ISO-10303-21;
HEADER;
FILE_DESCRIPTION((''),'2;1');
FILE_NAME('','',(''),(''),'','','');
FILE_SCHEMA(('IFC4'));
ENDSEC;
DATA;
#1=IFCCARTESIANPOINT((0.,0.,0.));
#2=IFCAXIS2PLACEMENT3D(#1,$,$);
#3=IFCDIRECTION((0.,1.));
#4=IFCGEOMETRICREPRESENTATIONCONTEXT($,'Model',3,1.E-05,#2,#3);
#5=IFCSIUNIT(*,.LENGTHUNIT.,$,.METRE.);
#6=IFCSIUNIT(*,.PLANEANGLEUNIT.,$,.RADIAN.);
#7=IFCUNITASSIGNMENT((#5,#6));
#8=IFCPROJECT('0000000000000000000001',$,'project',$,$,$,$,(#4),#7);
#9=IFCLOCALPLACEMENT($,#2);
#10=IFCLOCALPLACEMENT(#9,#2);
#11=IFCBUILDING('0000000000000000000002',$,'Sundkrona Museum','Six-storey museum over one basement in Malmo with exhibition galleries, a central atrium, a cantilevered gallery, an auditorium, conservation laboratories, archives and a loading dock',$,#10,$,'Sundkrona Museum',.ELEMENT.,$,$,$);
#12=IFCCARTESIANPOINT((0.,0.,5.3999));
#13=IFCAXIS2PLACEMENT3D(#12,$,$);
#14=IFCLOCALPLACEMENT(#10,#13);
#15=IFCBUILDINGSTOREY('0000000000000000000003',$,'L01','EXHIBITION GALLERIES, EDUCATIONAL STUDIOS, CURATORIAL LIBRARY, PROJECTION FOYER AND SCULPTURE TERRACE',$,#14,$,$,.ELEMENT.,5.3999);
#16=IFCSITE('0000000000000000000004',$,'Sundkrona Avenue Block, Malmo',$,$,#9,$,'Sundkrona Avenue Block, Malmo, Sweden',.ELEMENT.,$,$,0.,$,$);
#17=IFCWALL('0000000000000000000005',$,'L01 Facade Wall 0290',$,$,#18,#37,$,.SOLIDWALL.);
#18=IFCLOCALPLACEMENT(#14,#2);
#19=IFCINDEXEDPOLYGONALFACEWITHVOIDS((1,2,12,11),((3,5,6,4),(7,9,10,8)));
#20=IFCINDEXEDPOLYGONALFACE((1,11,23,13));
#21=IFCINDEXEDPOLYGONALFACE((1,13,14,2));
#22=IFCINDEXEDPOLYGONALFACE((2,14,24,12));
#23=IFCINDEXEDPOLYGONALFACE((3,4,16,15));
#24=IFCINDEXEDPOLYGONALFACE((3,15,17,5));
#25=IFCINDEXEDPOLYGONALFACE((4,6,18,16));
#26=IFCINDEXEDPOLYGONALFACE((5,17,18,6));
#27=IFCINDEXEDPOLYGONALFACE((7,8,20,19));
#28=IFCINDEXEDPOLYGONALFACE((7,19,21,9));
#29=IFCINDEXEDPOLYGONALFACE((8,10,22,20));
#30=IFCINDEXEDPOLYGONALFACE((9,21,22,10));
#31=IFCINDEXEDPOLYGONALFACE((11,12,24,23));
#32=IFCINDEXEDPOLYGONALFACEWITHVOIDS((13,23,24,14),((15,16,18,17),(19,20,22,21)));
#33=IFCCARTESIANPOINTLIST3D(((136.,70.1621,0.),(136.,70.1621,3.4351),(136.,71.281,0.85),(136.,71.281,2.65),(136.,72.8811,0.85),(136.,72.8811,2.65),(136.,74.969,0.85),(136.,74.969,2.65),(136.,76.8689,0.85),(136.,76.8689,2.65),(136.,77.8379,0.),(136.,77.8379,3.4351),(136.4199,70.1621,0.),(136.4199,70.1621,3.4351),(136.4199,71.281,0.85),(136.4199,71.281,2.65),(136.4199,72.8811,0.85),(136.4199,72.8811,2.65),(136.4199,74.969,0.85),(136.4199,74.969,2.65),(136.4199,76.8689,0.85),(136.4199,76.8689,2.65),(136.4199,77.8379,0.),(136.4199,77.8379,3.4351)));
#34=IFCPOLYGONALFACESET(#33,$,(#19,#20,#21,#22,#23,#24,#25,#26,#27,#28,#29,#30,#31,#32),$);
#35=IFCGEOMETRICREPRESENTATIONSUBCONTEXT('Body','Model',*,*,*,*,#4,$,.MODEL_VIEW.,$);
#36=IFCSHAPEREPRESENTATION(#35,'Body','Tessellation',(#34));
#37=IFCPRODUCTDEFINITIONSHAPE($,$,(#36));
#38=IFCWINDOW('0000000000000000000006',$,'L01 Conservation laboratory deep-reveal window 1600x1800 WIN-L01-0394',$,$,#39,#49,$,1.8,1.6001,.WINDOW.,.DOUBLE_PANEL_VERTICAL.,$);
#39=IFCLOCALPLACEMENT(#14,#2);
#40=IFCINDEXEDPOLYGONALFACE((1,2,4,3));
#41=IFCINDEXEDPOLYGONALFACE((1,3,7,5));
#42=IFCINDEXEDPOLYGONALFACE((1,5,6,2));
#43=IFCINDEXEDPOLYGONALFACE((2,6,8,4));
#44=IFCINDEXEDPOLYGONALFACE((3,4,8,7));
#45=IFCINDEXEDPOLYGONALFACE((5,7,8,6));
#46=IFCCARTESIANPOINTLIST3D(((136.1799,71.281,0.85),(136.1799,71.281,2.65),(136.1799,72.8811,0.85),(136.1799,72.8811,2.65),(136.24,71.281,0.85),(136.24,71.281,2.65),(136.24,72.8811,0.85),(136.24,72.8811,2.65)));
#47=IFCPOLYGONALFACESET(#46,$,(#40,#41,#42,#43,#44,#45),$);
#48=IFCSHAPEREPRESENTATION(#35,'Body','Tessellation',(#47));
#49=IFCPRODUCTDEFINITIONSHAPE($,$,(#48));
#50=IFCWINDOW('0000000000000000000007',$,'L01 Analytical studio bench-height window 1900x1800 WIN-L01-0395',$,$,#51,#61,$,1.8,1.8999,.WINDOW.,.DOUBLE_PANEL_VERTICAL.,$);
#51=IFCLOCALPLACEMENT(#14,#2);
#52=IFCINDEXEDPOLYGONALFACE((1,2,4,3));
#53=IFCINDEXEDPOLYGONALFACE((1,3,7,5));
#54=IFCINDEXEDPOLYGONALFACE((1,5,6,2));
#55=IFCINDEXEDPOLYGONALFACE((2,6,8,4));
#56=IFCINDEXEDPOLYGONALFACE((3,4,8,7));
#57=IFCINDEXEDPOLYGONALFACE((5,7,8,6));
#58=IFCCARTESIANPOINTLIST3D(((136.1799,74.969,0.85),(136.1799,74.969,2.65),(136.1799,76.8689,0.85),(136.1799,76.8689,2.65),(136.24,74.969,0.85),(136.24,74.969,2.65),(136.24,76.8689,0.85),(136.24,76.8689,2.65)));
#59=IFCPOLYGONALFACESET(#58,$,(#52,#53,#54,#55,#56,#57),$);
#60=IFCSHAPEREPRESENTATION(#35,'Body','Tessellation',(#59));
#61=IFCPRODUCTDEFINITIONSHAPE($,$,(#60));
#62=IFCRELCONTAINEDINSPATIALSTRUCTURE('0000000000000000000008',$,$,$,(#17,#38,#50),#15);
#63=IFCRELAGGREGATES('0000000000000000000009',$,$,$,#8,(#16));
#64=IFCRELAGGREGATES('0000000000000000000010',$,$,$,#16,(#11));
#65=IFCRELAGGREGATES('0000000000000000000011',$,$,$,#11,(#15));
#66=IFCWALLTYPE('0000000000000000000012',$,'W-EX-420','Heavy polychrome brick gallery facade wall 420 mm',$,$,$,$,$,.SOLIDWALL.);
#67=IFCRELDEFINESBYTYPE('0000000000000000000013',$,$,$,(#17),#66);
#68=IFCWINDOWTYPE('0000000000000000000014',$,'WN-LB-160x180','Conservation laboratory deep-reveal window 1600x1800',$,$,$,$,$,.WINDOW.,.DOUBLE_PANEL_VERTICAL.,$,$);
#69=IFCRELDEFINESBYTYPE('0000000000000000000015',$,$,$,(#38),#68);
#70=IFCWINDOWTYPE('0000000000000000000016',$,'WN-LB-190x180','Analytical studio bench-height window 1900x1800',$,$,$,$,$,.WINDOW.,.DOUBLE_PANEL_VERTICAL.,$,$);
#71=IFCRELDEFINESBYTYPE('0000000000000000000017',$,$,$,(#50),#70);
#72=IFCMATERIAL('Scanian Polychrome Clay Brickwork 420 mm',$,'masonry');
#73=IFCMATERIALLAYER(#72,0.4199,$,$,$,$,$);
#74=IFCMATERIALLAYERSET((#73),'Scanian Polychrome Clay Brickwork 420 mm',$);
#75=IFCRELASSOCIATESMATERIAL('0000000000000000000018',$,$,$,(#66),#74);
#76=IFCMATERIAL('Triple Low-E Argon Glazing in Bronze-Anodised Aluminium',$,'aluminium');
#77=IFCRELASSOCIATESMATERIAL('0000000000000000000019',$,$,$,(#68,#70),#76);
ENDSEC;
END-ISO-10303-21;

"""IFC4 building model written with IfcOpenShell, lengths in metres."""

from ifc_helpers import new_model, si_unit, direction, frame, frame_2d, origin, place, context, subcontext, project, spatial, rectangle, extrude, material, layer, layer_set, type_object, element, fill, save


model = new_model("IFC4")

# Units and contexts
model_context = context("Model", 3, precision=1e-05, world=origin(), true_north=direction((0.0, 1.0)))
body_context = subcontext(model_context, "Body", "Model", "MODEL_VIEW")
ifc_project = project(units=[si_unit("LENGTHUNIT", "METRE"), si_unit("PLANEANGLEUNIT", "RADIAN")], contexts=[model_context])

# Site, building, storey
site_placement = place(None, origin())
site = spatial("IfcSite", under=ifc_project, at=site_placement, Name="Sundkrona Avenue Block, Malmo", LongName="Sundkrona Avenue Block, Malmo, Sweden", CompositionType="ELEMENT", RefElevation=0.0)
building_placement = place(site_placement, origin())
building = spatial("IfcBuilding", under=site, at=building_placement, Name="Sundkrona Museum", Description="Six-storey museum over one basement in Malmo with exhibition galleries, a central atrium, a cantilevered gallery, an auditorium, conservation laboratories, archives and a loading dock", LongName="Sundkrona Museum", CompositionType="ELEMENT")
storey_placement = place(building_placement, frame((0.0, 0.0, 5.3999)))
storey = spatial("IfcBuildingStorey", under=building, at=storey_placement, Name="L01", Description="EXHIBITION GALLERIES, EDUCATIONAL STUDIOS, CURATORIAL LIBRARY, PROJECTION FOYER AND SCULPTURE TERRACE", CompositionType="ELEMENT", Elevation=5.3999)

# Wall, openings, windows
ifc_material_1 = material(Name="Scanian Polychrome Clay Brickwork 420 mm", Category="masonry")
ifc_layer = layer(ifc_material_1, 0.4199)
ifc_layer_set = layer_set([ifc_layer], Name="Scanian Polychrome Clay Brickwork 420 mm")
wall_type = type_object("IfcWallType", Name="W-EX-420", Description="Heavy polychrome brick gallery facade wall 420 mm", PredefinedType="SOLIDWALL", material=ifc_layer_set)
wall_placement = place(storey_placement, frame((136.21, 70.1621, 0.0), z_axis=(0.0, 0.0, 1.0), x_axis=(0.0, 1.0, 0.0)))
wall = element("IfcWall", 1, at=wall_placement, inside=storey, type_object=wall_type, Name="L01 Facade Wall 0290", PredefinedType="SOLIDWALL", context=body_context, shape_type="SweptSolid", body=[
    extrude(rectangle(XDim=7.6758, YDim=0.4199, at=frame_2d((3.8379, 0.0))), origin(), (0.0, 0.0, 1.0), 3.4351),
])
opening_1_placement = place(wall_placement, frame((1.1189, 0.0, 0.8501)))
opening_1 = element("IfcOpeningElement", 2, at=opening_1_placement, cuts=wall, PredefinedType="OPENING", context=body_context, shape_type="SweptSolid", body=[
    extrude(rectangle(XDim=1.6001, YDim=1.8, at=frame_2d((0.8, 0.8999))), frame((0.0, 0.22, 0.0), z_axis=(0.0, -1.0, 0.0), x_axis=(1.0, 0.0, 0.0)), (0.0, 0.0, 1.0), 0.4399),
])
opening_2_placement = place(wall_placement, frame((4.8069, 0.0, 0.8501)))
opening_2 = element("IfcOpeningElement", 3, at=opening_2_placement, cuts=wall, PredefinedType="OPENING", context=body_context, shape_type="SweptSolid", body=[
    extrude(rectangle(XDim=1.8999, YDim=1.8, at=frame_2d((0.95, 0.8999))), frame((0.0, 0.22, 0.0), z_axis=(0.0, -1.0, 0.0), x_axis=(1.0, 0.0, 0.0)), (0.0, 0.0, 1.0), 0.4399),
])
ifc_material_2 = material(Name="Triple Low-E Argon Glazing in Bronze-Anodised Aluminium", Category="aluminium")
window_type_1 = type_object("IfcWindowType", Name="WN-LB-160x180", Description="Conservation laboratory deep-reveal window 1600x1800", PartitioningType="DOUBLE_PANEL_VERTICAL", PredefinedType="WINDOW", material=ifc_material_2)
window_1_placement = place(opening_1_placement, origin())
window_1 = element("IfcWindow", 4, at=window_1_placement, inside=storey, type_object=window_type_1, Name="L01 Conservation laboratory deep-reveal window 1600x1800 WIN-L01-0394", OverallHeight=1.8, OverallWidth=1.6001, PartitioningType="DOUBLE_PANEL_VERTICAL", PredefinedType="WINDOW", context=body_context, shape_type="SweptSolid", body=[
    extrude(rectangle(XDim=1.6001, YDim=1.8, at=frame_2d((0.8, 0.8999))), frame((0.0, 0.03, 0.0), z_axis=(0.0, -1.0, 0.0), x_axis=(1.0, 0.0, 0.0)), (0.0, 0.0, 1.0), 0.0601),
])
fill(opening_1, window_1)
window_type_2 = type_object("IfcWindowType", Name="WN-LB-190x180", Description="Analytical studio bench-height window 1900x1800", PartitioningType="DOUBLE_PANEL_VERTICAL", PredefinedType="WINDOW", material=ifc_material_2)
window_2_placement = place(opening_2_placement, origin())
window_2 = element("IfcWindow", 5, at=window_2_placement, inside=storey, type_object=window_type_2, Name="L01 Analytical studio bench-height window 1900x1800 WIN-L01-0395", OverallHeight=1.8, OverallWidth=1.8999, PartitioningType="DOUBLE_PANEL_VERTICAL", PredefinedType="WINDOW", context=body_context, shape_type="SweptSolid", body=[
    extrude(rectangle(XDim=1.8999, YDim=1.8, at=frame_2d((0.95, 0.8999))), frame((0.0, 0.03, 0.0), z_axis=(0.0, -1.0, 0.0), x_axis=(1.0, 0.0, 0.0)), (0.0, 0.0, 1.0), 0.0601),
])
fill(opening_2, window_2)

save(model, "model.ifc")
